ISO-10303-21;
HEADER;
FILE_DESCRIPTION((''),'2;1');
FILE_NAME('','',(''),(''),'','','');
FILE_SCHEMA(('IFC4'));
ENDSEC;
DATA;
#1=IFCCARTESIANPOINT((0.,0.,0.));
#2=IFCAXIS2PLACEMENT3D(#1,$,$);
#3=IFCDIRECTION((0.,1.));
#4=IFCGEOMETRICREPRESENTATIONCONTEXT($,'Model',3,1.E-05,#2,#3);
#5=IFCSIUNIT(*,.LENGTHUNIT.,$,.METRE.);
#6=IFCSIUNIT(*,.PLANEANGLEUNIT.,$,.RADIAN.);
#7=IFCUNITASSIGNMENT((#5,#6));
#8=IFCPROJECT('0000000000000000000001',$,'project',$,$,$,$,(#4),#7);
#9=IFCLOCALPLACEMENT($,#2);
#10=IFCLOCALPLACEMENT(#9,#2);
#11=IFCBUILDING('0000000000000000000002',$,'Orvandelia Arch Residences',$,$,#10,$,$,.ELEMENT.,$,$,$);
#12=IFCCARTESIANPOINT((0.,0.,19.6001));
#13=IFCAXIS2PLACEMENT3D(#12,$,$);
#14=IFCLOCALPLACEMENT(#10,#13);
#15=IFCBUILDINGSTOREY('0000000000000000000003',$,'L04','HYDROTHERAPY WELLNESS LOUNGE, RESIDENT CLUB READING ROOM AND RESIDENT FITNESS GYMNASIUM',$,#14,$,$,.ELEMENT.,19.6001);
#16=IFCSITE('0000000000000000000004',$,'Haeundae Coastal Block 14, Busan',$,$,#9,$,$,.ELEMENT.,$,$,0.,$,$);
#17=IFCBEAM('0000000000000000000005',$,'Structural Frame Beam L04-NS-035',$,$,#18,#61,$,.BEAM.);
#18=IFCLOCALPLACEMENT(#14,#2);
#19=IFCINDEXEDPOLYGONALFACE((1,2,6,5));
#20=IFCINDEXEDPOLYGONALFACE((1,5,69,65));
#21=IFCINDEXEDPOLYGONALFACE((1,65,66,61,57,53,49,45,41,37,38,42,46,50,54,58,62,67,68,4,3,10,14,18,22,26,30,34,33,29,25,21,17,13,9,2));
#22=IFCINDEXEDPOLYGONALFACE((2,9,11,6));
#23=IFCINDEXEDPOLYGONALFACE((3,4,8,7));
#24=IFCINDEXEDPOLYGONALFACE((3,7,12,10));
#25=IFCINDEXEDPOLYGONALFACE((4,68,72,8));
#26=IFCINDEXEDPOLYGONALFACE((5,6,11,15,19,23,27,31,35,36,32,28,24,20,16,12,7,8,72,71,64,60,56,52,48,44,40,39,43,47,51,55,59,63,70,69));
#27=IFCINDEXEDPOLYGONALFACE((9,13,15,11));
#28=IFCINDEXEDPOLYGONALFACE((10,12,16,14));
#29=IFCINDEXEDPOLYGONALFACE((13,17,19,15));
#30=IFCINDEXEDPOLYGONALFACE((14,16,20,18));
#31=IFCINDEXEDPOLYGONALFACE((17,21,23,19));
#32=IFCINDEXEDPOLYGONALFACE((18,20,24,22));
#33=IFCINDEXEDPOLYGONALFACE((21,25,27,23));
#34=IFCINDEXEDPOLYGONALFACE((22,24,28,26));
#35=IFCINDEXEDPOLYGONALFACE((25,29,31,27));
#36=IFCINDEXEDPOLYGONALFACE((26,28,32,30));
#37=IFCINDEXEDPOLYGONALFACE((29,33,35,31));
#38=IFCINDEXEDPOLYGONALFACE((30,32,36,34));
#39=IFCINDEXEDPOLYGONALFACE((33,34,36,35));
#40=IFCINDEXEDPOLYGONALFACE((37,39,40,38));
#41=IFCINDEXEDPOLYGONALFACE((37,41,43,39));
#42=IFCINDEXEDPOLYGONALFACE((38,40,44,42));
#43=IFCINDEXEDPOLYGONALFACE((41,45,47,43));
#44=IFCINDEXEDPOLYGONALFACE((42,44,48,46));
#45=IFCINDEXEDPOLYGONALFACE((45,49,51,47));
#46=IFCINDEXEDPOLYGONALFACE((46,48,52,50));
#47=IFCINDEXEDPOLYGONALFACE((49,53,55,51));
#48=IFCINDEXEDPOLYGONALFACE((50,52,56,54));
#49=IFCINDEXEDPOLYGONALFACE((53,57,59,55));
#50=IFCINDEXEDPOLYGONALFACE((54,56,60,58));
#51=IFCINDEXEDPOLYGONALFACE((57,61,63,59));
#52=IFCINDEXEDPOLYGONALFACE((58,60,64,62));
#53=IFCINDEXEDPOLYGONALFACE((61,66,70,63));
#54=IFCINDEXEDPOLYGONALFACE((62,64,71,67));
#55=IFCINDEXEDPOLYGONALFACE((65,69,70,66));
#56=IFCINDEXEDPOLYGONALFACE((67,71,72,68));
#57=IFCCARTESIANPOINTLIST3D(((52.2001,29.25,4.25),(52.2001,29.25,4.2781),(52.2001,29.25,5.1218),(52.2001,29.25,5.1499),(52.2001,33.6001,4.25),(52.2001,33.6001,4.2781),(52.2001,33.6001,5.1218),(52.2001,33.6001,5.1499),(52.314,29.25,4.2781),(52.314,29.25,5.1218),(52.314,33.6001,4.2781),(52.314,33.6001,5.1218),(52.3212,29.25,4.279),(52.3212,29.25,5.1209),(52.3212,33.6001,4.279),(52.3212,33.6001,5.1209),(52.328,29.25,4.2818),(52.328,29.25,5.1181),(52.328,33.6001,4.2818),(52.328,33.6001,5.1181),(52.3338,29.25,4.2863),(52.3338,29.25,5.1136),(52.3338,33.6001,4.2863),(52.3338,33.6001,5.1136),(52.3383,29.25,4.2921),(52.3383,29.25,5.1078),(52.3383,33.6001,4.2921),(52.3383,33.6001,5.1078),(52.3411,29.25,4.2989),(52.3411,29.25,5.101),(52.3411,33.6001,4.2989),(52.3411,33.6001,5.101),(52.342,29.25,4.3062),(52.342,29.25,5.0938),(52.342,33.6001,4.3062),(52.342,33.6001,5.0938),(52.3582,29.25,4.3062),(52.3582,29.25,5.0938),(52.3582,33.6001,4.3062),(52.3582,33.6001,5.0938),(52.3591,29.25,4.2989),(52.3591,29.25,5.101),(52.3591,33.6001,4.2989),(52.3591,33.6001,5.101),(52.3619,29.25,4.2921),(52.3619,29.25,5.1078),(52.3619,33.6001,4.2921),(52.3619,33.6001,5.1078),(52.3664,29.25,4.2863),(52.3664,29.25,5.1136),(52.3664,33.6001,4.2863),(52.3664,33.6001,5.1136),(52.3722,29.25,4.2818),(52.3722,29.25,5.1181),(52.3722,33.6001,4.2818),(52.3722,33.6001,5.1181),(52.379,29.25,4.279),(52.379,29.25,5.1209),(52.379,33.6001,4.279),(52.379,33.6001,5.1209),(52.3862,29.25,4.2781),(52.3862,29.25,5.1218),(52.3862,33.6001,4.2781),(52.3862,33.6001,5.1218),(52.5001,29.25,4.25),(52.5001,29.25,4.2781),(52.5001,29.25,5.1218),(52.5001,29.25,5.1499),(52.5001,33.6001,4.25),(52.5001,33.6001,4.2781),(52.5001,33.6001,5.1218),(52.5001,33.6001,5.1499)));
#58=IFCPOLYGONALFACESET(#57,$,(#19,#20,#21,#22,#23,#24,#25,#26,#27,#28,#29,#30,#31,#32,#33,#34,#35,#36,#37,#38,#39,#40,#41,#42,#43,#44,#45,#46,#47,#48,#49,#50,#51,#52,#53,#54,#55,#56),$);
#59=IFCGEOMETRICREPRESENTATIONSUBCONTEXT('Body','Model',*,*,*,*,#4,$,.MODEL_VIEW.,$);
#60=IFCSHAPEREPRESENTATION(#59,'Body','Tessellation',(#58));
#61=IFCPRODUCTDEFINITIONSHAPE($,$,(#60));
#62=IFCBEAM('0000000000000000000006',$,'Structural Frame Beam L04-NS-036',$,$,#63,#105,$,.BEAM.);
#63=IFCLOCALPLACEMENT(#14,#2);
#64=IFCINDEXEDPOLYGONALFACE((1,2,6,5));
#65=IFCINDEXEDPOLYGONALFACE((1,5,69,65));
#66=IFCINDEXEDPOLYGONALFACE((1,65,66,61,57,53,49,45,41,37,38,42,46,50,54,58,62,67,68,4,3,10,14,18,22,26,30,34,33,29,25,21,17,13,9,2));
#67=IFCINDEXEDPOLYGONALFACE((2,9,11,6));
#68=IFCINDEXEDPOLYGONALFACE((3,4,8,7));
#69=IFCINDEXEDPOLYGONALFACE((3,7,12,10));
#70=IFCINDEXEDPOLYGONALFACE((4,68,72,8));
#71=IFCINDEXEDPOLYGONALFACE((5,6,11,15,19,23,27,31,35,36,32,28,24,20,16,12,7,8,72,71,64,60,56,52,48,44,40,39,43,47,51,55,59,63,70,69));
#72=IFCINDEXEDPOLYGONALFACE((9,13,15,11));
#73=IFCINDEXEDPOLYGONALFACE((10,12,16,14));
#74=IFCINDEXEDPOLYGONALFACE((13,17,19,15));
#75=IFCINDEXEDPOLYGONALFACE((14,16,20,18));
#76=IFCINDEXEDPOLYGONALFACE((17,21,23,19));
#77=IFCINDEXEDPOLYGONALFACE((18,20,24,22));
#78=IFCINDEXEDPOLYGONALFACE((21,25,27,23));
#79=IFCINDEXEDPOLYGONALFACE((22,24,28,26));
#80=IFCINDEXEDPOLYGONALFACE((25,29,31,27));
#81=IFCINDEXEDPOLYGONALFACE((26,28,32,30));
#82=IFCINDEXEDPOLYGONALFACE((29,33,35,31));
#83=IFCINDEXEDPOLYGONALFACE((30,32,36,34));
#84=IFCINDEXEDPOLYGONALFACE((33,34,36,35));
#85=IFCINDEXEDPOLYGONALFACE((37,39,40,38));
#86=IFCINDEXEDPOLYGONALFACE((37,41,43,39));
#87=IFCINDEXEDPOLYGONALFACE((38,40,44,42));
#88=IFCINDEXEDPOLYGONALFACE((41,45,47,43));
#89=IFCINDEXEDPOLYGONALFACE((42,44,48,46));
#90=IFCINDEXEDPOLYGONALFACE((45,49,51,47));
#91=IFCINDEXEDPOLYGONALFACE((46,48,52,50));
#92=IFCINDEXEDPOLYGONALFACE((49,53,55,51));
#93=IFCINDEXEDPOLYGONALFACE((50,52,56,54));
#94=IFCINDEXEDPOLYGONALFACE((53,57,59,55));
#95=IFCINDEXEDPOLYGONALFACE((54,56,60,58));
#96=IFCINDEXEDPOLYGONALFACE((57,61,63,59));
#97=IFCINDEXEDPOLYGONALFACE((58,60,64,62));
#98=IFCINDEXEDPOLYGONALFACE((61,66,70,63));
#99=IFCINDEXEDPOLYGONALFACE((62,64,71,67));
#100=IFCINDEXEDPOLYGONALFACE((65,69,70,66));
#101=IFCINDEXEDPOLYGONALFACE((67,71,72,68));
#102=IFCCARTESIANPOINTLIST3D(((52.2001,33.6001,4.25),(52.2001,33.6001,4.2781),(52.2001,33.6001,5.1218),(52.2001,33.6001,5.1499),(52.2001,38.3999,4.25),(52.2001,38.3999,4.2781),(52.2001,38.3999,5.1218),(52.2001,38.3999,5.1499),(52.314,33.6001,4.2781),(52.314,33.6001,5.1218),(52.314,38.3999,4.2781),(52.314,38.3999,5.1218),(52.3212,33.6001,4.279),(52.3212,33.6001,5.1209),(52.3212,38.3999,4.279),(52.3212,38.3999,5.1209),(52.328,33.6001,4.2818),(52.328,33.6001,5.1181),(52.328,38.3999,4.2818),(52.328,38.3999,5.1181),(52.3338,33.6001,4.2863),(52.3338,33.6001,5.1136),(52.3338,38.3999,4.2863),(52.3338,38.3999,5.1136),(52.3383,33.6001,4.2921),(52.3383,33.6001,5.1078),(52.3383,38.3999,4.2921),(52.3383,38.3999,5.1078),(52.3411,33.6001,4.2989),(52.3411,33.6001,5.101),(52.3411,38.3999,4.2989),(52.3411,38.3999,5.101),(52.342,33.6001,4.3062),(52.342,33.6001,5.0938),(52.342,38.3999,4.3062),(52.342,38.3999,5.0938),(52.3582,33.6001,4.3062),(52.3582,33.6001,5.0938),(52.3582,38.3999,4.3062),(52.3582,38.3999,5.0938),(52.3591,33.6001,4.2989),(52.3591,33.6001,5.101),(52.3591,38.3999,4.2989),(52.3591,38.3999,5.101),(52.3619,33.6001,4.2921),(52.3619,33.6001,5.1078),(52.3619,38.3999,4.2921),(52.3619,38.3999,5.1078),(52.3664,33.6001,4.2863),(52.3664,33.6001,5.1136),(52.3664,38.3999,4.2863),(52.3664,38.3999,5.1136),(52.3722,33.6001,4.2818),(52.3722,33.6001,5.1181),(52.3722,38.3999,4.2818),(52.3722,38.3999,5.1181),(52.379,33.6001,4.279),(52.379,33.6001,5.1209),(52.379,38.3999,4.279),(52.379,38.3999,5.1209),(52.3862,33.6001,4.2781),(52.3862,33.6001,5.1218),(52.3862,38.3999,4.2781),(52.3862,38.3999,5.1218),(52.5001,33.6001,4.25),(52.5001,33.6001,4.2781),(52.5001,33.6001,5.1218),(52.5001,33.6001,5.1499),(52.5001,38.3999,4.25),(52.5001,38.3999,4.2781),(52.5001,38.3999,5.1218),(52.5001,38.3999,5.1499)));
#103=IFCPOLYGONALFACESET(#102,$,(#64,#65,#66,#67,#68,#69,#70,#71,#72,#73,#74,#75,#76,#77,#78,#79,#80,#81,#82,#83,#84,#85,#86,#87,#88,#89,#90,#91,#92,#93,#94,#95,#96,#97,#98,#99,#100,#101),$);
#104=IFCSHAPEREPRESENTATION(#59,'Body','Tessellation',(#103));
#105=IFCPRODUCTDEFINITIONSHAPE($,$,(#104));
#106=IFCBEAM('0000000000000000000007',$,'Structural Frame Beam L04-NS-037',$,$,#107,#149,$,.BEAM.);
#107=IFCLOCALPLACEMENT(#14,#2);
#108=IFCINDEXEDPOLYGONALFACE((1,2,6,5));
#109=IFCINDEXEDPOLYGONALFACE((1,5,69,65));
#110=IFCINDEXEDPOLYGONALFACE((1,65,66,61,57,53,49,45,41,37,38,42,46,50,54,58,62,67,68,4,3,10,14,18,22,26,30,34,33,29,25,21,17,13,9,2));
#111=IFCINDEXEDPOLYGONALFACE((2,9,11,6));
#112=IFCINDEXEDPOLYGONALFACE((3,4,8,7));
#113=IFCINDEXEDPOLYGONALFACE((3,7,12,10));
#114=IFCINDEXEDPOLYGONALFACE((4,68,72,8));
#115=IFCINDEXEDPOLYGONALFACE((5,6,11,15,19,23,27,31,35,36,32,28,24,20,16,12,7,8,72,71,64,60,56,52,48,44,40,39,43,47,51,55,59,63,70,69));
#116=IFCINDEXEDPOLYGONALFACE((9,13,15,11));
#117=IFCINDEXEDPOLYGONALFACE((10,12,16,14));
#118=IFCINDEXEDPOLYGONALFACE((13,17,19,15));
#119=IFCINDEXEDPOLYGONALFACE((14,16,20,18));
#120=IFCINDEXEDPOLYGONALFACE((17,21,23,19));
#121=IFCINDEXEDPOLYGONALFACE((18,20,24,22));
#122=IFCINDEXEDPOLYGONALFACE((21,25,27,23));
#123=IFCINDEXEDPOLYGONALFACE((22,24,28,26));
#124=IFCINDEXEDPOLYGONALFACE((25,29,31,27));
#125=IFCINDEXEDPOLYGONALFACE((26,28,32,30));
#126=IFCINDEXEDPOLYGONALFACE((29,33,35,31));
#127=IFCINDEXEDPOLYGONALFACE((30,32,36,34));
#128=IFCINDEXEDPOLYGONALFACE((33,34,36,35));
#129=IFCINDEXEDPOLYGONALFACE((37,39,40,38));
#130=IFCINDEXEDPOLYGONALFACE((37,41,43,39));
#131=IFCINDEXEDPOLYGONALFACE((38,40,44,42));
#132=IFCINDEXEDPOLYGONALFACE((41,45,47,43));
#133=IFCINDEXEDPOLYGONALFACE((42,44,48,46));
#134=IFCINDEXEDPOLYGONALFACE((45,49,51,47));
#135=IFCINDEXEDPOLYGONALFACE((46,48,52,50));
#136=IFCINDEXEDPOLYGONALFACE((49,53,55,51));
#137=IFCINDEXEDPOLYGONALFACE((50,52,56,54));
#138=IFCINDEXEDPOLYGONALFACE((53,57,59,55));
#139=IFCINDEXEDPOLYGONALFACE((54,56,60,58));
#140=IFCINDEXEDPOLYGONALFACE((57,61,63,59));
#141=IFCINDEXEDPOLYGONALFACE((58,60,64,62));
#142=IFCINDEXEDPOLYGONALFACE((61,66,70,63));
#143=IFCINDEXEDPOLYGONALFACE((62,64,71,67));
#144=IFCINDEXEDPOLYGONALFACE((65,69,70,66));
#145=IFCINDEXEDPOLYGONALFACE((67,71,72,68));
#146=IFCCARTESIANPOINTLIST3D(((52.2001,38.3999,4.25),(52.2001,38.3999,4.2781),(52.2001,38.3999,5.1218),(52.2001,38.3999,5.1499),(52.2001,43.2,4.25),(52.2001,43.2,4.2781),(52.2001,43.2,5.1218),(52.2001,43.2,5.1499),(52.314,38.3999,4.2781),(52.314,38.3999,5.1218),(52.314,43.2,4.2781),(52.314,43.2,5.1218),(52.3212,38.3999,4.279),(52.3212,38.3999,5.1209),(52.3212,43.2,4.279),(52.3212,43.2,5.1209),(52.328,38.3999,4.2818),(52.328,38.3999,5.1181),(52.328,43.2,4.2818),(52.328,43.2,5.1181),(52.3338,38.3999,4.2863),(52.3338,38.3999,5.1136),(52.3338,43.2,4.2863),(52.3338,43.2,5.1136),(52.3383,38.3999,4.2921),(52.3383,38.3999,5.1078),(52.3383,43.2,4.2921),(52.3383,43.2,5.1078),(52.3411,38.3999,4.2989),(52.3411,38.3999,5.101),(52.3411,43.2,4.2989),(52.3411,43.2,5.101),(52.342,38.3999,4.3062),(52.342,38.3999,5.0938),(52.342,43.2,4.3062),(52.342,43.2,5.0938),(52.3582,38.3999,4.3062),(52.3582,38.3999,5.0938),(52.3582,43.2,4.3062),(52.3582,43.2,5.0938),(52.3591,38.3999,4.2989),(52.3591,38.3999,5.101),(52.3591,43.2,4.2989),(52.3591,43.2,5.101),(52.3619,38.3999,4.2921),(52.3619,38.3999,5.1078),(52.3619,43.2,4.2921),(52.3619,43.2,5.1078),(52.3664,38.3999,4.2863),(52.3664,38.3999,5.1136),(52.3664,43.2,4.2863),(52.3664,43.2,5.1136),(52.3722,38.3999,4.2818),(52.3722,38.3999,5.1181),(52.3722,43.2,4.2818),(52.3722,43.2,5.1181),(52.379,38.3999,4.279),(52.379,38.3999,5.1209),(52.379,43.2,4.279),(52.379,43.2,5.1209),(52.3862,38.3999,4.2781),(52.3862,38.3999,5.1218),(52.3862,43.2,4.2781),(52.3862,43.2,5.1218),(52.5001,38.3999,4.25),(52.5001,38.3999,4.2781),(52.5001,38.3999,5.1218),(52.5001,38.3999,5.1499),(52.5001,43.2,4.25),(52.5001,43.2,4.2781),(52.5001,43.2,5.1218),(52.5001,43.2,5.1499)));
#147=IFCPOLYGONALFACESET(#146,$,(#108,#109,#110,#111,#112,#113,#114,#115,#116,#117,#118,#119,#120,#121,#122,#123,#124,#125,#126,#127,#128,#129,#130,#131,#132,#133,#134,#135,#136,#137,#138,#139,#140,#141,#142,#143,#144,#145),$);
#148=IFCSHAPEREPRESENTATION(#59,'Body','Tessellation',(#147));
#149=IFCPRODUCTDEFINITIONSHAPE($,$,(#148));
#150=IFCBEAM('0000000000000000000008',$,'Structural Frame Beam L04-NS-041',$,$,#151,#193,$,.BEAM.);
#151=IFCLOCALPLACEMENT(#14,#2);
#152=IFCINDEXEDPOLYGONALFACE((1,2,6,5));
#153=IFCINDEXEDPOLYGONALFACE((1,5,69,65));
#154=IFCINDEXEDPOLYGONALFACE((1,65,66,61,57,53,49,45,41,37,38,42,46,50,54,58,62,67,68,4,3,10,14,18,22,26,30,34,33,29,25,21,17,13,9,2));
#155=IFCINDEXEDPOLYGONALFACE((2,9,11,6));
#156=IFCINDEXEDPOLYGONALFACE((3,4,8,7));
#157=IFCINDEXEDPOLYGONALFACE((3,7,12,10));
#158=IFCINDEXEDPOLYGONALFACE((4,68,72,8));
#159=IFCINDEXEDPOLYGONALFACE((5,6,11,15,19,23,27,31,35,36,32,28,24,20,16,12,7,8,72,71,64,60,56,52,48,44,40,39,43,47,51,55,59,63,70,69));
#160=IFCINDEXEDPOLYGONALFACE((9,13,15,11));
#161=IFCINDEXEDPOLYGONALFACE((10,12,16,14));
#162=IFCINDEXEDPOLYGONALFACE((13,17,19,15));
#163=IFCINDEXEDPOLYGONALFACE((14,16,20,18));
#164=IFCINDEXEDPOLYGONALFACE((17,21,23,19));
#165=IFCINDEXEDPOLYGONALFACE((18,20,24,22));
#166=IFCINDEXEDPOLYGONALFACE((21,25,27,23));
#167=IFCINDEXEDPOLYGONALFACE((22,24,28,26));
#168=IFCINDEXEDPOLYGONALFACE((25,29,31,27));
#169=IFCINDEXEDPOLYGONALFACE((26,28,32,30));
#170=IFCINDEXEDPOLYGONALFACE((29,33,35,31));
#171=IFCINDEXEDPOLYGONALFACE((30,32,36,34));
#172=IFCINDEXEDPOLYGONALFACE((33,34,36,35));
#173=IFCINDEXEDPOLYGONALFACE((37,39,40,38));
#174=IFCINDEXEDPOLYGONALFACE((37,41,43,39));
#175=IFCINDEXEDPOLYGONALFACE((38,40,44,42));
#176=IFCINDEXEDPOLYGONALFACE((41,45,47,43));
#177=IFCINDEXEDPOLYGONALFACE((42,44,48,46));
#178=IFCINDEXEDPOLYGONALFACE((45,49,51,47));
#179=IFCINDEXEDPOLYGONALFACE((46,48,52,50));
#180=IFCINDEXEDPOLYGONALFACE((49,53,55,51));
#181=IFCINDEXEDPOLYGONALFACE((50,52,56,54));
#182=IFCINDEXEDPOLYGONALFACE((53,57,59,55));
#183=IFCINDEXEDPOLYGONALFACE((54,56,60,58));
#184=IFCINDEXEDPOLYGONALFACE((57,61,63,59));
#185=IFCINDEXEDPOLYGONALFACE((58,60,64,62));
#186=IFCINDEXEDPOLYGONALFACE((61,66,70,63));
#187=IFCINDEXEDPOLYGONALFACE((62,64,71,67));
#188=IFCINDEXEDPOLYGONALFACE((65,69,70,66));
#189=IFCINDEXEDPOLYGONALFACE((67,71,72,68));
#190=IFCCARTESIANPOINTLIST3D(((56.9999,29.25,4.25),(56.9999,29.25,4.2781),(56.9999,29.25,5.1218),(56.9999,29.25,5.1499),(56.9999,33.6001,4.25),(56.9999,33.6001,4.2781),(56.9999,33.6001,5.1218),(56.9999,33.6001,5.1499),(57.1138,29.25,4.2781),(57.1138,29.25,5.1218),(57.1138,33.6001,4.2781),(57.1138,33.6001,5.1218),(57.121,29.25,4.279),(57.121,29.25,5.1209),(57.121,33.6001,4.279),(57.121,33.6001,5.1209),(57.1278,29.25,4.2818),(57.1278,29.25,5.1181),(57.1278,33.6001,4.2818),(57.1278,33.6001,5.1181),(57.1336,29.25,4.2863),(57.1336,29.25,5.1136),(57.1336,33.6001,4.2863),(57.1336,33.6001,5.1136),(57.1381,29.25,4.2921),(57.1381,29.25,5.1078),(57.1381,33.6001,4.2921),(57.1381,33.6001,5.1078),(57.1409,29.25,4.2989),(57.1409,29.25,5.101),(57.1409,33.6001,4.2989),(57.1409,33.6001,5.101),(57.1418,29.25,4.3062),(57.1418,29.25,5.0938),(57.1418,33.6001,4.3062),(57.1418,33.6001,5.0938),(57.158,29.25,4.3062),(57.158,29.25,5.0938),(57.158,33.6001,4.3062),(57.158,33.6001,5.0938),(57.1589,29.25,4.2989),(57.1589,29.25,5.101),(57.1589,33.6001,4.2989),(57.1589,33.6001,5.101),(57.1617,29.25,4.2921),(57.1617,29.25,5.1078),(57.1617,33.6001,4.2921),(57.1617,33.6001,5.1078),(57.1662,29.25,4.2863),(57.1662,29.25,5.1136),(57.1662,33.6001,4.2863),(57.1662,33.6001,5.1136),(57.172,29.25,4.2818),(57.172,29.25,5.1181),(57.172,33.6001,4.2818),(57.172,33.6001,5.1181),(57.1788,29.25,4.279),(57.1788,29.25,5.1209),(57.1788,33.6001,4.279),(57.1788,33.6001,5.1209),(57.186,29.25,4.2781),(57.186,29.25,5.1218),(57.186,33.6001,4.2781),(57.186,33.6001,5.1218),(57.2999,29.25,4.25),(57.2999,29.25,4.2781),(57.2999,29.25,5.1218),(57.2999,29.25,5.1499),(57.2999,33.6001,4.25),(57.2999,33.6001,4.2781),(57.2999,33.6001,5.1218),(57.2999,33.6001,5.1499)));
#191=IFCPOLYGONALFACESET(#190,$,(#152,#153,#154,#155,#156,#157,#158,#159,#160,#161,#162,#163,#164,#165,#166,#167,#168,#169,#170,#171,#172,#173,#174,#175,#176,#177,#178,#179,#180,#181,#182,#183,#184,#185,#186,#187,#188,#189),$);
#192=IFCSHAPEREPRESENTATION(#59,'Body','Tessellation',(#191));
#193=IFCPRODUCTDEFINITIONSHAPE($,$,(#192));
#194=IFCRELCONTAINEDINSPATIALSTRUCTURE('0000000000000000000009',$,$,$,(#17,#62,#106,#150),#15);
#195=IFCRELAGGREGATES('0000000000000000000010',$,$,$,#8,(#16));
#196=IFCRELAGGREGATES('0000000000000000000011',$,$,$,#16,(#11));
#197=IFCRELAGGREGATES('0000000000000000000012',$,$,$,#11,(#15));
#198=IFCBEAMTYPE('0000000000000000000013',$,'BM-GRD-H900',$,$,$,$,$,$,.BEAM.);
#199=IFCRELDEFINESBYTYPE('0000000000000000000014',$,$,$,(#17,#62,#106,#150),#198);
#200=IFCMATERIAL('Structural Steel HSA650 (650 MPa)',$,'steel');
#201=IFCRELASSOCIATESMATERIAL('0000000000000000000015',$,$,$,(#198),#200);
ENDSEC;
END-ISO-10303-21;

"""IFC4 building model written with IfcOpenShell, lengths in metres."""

from ifc_helpers import new_model, si_unit, direction, frame, origin, origin_2d, place, context, subcontext, project, spatial, i_section, extrude, material, material_profile, profile_set, type_object, element, save


model = new_model("IFC4")

# Units and contexts
model_context = context("Model", 3, precision=1e-05, world=origin(), true_north=direction((0.0, 1.0)))
body_context = subcontext(model_context, "Body", "Model", "MODEL_VIEW")
ifc_project = project(units=[si_unit("LENGTHUNIT", "METRE"), si_unit("PLANEANGLEUNIT", "RADIAN")], contexts=[model_context])

# Site, building, storey
site_placement = place(None, origin())
site = spatial("IfcSite", under=ifc_project, at=site_placement, Name="Haeundae Coastal Block 14, Busan", CompositionType="ELEMENT", RefElevation=0.0)
building_placement = place(site_placement, origin())
building = spatial("IfcBuilding", under=site, at=building_placement, Name="Orvandelia Arch Residences", CompositionType="ELEMENT")
storey_placement = place(building_placement, frame((0.0, 0.0, 19.6001)))
storey = spatial("IfcBuildingStorey", under=building, at=storey_placement, Name="L04", Description="HYDROTHERAPY WELLNESS LOUNGE, RESIDENT CLUB READING ROOM AND RESIDENT FITNESS GYMNASIUM", CompositionType="ELEMENT", Elevation=19.6001)

# Beams
ifc_material_1 = material(Name="Structural Steel HSA650 (650 MPa)", Category="steel")
ifc_material_profile_1 = material_profile(ifc_material_1, i_section(OverallWidth=0.3, OverallDepth=0.8999, WebThickness=0.0161, FlangeThickness=0.0281, FilletRadius=0.0281, at=origin_2d()), Name="Structural Steel HSA650 (650 MPa)", Category="steel")
ifc_profile_set_1 = profile_set([ifc_material_profile_1], Name="Structural Steel HSA650 (650 MPa)")
beam_type = type_object("IfcBeamType", Name="BM-GRD-H900", PredefinedType="BEAM", material=ifc_profile_set_1)
beam_1_placement = place(storey_placement, frame((52.3501, 29.25, 4.7), z_axis=(0.0, 1.0, 0.0), x_axis=(-1.0, 0.0, 0.0)))
element("IfcBeam", 1, at=beam_1_placement, inside=storey, type_object=beam_type, Name="Structural Frame Beam L04-NS-035", PredefinedType="BEAM", context=body_context, shape_type="SweptSolid", body=[
    extrude(i_section(OverallWidth=0.3, OverallDepth=0.8999, WebThickness=0.0161, FlangeThickness=0.0281, FilletRadius=0.0281, at=origin_2d()), origin(), (0.0, 0.0, 1.0), 4.3501),
])
beam_2_placement = place(storey_placement, frame((52.3501, 33.6001, 4.7), z_axis=(0.0, 1.0, 0.0), x_axis=(-1.0, 0.0, 0.0)))
element("IfcBeam", 2, at=beam_2_placement, inside=storey, type_object=beam_type, Name="Structural Frame Beam L04-NS-036", PredefinedType="BEAM", context=body_context, shape_type="SweptSolid", body=[
    extrude(i_section(OverallWidth=0.3, OverallDepth=0.8999, WebThickness=0.0161, FlangeThickness=0.0281, FilletRadius=0.0281, at=origin_2d()), origin(), (0.0, 0.0, 1.0), 4.7998),
])
beam_3_placement = place(storey_placement, frame((52.3501, 38.3999, 4.7), z_axis=(0.0, 1.0, 0.0), x_axis=(-1.0, 0.0, 0.0)))
element("IfcBeam", 3, at=beam_3_placement, inside=storey, type_object=beam_type, Name="Structural Frame Beam L04-NS-037", PredefinedType="BEAM", context=body_context, shape_type="SweptSolid", body=[
    extrude(i_section(OverallWidth=0.3, OverallDepth=0.8999, WebThickness=0.0161, FlangeThickness=0.0281, FilletRadius=0.0281, at=origin_2d()), origin(), (0.0, 0.0, 1.0), 4.8),
])
beam_4_placement = place(storey_placement, frame((57.1499, 29.25, 4.7), z_axis=(0.0, 1.0, 0.0), x_axis=(-1.0, 0.0, 0.0)))
element("IfcBeam", 4, at=beam_4_placement, inside=storey, type_object=beam_type, Name="Structural Frame Beam L04-NS-041", PredefinedType="BEAM", context=body_context, shape_type="SweptSolid", body=[
    extrude(i_section(OverallWidth=0.3, OverallDepth=0.8999, WebThickness=0.0161, FlangeThickness=0.0281, FilletRadius=0.0281, at=origin_2d()), origin(), (0.0, 0.0, 1.0), 4.3501),
])

save(model, "model.ifc")
